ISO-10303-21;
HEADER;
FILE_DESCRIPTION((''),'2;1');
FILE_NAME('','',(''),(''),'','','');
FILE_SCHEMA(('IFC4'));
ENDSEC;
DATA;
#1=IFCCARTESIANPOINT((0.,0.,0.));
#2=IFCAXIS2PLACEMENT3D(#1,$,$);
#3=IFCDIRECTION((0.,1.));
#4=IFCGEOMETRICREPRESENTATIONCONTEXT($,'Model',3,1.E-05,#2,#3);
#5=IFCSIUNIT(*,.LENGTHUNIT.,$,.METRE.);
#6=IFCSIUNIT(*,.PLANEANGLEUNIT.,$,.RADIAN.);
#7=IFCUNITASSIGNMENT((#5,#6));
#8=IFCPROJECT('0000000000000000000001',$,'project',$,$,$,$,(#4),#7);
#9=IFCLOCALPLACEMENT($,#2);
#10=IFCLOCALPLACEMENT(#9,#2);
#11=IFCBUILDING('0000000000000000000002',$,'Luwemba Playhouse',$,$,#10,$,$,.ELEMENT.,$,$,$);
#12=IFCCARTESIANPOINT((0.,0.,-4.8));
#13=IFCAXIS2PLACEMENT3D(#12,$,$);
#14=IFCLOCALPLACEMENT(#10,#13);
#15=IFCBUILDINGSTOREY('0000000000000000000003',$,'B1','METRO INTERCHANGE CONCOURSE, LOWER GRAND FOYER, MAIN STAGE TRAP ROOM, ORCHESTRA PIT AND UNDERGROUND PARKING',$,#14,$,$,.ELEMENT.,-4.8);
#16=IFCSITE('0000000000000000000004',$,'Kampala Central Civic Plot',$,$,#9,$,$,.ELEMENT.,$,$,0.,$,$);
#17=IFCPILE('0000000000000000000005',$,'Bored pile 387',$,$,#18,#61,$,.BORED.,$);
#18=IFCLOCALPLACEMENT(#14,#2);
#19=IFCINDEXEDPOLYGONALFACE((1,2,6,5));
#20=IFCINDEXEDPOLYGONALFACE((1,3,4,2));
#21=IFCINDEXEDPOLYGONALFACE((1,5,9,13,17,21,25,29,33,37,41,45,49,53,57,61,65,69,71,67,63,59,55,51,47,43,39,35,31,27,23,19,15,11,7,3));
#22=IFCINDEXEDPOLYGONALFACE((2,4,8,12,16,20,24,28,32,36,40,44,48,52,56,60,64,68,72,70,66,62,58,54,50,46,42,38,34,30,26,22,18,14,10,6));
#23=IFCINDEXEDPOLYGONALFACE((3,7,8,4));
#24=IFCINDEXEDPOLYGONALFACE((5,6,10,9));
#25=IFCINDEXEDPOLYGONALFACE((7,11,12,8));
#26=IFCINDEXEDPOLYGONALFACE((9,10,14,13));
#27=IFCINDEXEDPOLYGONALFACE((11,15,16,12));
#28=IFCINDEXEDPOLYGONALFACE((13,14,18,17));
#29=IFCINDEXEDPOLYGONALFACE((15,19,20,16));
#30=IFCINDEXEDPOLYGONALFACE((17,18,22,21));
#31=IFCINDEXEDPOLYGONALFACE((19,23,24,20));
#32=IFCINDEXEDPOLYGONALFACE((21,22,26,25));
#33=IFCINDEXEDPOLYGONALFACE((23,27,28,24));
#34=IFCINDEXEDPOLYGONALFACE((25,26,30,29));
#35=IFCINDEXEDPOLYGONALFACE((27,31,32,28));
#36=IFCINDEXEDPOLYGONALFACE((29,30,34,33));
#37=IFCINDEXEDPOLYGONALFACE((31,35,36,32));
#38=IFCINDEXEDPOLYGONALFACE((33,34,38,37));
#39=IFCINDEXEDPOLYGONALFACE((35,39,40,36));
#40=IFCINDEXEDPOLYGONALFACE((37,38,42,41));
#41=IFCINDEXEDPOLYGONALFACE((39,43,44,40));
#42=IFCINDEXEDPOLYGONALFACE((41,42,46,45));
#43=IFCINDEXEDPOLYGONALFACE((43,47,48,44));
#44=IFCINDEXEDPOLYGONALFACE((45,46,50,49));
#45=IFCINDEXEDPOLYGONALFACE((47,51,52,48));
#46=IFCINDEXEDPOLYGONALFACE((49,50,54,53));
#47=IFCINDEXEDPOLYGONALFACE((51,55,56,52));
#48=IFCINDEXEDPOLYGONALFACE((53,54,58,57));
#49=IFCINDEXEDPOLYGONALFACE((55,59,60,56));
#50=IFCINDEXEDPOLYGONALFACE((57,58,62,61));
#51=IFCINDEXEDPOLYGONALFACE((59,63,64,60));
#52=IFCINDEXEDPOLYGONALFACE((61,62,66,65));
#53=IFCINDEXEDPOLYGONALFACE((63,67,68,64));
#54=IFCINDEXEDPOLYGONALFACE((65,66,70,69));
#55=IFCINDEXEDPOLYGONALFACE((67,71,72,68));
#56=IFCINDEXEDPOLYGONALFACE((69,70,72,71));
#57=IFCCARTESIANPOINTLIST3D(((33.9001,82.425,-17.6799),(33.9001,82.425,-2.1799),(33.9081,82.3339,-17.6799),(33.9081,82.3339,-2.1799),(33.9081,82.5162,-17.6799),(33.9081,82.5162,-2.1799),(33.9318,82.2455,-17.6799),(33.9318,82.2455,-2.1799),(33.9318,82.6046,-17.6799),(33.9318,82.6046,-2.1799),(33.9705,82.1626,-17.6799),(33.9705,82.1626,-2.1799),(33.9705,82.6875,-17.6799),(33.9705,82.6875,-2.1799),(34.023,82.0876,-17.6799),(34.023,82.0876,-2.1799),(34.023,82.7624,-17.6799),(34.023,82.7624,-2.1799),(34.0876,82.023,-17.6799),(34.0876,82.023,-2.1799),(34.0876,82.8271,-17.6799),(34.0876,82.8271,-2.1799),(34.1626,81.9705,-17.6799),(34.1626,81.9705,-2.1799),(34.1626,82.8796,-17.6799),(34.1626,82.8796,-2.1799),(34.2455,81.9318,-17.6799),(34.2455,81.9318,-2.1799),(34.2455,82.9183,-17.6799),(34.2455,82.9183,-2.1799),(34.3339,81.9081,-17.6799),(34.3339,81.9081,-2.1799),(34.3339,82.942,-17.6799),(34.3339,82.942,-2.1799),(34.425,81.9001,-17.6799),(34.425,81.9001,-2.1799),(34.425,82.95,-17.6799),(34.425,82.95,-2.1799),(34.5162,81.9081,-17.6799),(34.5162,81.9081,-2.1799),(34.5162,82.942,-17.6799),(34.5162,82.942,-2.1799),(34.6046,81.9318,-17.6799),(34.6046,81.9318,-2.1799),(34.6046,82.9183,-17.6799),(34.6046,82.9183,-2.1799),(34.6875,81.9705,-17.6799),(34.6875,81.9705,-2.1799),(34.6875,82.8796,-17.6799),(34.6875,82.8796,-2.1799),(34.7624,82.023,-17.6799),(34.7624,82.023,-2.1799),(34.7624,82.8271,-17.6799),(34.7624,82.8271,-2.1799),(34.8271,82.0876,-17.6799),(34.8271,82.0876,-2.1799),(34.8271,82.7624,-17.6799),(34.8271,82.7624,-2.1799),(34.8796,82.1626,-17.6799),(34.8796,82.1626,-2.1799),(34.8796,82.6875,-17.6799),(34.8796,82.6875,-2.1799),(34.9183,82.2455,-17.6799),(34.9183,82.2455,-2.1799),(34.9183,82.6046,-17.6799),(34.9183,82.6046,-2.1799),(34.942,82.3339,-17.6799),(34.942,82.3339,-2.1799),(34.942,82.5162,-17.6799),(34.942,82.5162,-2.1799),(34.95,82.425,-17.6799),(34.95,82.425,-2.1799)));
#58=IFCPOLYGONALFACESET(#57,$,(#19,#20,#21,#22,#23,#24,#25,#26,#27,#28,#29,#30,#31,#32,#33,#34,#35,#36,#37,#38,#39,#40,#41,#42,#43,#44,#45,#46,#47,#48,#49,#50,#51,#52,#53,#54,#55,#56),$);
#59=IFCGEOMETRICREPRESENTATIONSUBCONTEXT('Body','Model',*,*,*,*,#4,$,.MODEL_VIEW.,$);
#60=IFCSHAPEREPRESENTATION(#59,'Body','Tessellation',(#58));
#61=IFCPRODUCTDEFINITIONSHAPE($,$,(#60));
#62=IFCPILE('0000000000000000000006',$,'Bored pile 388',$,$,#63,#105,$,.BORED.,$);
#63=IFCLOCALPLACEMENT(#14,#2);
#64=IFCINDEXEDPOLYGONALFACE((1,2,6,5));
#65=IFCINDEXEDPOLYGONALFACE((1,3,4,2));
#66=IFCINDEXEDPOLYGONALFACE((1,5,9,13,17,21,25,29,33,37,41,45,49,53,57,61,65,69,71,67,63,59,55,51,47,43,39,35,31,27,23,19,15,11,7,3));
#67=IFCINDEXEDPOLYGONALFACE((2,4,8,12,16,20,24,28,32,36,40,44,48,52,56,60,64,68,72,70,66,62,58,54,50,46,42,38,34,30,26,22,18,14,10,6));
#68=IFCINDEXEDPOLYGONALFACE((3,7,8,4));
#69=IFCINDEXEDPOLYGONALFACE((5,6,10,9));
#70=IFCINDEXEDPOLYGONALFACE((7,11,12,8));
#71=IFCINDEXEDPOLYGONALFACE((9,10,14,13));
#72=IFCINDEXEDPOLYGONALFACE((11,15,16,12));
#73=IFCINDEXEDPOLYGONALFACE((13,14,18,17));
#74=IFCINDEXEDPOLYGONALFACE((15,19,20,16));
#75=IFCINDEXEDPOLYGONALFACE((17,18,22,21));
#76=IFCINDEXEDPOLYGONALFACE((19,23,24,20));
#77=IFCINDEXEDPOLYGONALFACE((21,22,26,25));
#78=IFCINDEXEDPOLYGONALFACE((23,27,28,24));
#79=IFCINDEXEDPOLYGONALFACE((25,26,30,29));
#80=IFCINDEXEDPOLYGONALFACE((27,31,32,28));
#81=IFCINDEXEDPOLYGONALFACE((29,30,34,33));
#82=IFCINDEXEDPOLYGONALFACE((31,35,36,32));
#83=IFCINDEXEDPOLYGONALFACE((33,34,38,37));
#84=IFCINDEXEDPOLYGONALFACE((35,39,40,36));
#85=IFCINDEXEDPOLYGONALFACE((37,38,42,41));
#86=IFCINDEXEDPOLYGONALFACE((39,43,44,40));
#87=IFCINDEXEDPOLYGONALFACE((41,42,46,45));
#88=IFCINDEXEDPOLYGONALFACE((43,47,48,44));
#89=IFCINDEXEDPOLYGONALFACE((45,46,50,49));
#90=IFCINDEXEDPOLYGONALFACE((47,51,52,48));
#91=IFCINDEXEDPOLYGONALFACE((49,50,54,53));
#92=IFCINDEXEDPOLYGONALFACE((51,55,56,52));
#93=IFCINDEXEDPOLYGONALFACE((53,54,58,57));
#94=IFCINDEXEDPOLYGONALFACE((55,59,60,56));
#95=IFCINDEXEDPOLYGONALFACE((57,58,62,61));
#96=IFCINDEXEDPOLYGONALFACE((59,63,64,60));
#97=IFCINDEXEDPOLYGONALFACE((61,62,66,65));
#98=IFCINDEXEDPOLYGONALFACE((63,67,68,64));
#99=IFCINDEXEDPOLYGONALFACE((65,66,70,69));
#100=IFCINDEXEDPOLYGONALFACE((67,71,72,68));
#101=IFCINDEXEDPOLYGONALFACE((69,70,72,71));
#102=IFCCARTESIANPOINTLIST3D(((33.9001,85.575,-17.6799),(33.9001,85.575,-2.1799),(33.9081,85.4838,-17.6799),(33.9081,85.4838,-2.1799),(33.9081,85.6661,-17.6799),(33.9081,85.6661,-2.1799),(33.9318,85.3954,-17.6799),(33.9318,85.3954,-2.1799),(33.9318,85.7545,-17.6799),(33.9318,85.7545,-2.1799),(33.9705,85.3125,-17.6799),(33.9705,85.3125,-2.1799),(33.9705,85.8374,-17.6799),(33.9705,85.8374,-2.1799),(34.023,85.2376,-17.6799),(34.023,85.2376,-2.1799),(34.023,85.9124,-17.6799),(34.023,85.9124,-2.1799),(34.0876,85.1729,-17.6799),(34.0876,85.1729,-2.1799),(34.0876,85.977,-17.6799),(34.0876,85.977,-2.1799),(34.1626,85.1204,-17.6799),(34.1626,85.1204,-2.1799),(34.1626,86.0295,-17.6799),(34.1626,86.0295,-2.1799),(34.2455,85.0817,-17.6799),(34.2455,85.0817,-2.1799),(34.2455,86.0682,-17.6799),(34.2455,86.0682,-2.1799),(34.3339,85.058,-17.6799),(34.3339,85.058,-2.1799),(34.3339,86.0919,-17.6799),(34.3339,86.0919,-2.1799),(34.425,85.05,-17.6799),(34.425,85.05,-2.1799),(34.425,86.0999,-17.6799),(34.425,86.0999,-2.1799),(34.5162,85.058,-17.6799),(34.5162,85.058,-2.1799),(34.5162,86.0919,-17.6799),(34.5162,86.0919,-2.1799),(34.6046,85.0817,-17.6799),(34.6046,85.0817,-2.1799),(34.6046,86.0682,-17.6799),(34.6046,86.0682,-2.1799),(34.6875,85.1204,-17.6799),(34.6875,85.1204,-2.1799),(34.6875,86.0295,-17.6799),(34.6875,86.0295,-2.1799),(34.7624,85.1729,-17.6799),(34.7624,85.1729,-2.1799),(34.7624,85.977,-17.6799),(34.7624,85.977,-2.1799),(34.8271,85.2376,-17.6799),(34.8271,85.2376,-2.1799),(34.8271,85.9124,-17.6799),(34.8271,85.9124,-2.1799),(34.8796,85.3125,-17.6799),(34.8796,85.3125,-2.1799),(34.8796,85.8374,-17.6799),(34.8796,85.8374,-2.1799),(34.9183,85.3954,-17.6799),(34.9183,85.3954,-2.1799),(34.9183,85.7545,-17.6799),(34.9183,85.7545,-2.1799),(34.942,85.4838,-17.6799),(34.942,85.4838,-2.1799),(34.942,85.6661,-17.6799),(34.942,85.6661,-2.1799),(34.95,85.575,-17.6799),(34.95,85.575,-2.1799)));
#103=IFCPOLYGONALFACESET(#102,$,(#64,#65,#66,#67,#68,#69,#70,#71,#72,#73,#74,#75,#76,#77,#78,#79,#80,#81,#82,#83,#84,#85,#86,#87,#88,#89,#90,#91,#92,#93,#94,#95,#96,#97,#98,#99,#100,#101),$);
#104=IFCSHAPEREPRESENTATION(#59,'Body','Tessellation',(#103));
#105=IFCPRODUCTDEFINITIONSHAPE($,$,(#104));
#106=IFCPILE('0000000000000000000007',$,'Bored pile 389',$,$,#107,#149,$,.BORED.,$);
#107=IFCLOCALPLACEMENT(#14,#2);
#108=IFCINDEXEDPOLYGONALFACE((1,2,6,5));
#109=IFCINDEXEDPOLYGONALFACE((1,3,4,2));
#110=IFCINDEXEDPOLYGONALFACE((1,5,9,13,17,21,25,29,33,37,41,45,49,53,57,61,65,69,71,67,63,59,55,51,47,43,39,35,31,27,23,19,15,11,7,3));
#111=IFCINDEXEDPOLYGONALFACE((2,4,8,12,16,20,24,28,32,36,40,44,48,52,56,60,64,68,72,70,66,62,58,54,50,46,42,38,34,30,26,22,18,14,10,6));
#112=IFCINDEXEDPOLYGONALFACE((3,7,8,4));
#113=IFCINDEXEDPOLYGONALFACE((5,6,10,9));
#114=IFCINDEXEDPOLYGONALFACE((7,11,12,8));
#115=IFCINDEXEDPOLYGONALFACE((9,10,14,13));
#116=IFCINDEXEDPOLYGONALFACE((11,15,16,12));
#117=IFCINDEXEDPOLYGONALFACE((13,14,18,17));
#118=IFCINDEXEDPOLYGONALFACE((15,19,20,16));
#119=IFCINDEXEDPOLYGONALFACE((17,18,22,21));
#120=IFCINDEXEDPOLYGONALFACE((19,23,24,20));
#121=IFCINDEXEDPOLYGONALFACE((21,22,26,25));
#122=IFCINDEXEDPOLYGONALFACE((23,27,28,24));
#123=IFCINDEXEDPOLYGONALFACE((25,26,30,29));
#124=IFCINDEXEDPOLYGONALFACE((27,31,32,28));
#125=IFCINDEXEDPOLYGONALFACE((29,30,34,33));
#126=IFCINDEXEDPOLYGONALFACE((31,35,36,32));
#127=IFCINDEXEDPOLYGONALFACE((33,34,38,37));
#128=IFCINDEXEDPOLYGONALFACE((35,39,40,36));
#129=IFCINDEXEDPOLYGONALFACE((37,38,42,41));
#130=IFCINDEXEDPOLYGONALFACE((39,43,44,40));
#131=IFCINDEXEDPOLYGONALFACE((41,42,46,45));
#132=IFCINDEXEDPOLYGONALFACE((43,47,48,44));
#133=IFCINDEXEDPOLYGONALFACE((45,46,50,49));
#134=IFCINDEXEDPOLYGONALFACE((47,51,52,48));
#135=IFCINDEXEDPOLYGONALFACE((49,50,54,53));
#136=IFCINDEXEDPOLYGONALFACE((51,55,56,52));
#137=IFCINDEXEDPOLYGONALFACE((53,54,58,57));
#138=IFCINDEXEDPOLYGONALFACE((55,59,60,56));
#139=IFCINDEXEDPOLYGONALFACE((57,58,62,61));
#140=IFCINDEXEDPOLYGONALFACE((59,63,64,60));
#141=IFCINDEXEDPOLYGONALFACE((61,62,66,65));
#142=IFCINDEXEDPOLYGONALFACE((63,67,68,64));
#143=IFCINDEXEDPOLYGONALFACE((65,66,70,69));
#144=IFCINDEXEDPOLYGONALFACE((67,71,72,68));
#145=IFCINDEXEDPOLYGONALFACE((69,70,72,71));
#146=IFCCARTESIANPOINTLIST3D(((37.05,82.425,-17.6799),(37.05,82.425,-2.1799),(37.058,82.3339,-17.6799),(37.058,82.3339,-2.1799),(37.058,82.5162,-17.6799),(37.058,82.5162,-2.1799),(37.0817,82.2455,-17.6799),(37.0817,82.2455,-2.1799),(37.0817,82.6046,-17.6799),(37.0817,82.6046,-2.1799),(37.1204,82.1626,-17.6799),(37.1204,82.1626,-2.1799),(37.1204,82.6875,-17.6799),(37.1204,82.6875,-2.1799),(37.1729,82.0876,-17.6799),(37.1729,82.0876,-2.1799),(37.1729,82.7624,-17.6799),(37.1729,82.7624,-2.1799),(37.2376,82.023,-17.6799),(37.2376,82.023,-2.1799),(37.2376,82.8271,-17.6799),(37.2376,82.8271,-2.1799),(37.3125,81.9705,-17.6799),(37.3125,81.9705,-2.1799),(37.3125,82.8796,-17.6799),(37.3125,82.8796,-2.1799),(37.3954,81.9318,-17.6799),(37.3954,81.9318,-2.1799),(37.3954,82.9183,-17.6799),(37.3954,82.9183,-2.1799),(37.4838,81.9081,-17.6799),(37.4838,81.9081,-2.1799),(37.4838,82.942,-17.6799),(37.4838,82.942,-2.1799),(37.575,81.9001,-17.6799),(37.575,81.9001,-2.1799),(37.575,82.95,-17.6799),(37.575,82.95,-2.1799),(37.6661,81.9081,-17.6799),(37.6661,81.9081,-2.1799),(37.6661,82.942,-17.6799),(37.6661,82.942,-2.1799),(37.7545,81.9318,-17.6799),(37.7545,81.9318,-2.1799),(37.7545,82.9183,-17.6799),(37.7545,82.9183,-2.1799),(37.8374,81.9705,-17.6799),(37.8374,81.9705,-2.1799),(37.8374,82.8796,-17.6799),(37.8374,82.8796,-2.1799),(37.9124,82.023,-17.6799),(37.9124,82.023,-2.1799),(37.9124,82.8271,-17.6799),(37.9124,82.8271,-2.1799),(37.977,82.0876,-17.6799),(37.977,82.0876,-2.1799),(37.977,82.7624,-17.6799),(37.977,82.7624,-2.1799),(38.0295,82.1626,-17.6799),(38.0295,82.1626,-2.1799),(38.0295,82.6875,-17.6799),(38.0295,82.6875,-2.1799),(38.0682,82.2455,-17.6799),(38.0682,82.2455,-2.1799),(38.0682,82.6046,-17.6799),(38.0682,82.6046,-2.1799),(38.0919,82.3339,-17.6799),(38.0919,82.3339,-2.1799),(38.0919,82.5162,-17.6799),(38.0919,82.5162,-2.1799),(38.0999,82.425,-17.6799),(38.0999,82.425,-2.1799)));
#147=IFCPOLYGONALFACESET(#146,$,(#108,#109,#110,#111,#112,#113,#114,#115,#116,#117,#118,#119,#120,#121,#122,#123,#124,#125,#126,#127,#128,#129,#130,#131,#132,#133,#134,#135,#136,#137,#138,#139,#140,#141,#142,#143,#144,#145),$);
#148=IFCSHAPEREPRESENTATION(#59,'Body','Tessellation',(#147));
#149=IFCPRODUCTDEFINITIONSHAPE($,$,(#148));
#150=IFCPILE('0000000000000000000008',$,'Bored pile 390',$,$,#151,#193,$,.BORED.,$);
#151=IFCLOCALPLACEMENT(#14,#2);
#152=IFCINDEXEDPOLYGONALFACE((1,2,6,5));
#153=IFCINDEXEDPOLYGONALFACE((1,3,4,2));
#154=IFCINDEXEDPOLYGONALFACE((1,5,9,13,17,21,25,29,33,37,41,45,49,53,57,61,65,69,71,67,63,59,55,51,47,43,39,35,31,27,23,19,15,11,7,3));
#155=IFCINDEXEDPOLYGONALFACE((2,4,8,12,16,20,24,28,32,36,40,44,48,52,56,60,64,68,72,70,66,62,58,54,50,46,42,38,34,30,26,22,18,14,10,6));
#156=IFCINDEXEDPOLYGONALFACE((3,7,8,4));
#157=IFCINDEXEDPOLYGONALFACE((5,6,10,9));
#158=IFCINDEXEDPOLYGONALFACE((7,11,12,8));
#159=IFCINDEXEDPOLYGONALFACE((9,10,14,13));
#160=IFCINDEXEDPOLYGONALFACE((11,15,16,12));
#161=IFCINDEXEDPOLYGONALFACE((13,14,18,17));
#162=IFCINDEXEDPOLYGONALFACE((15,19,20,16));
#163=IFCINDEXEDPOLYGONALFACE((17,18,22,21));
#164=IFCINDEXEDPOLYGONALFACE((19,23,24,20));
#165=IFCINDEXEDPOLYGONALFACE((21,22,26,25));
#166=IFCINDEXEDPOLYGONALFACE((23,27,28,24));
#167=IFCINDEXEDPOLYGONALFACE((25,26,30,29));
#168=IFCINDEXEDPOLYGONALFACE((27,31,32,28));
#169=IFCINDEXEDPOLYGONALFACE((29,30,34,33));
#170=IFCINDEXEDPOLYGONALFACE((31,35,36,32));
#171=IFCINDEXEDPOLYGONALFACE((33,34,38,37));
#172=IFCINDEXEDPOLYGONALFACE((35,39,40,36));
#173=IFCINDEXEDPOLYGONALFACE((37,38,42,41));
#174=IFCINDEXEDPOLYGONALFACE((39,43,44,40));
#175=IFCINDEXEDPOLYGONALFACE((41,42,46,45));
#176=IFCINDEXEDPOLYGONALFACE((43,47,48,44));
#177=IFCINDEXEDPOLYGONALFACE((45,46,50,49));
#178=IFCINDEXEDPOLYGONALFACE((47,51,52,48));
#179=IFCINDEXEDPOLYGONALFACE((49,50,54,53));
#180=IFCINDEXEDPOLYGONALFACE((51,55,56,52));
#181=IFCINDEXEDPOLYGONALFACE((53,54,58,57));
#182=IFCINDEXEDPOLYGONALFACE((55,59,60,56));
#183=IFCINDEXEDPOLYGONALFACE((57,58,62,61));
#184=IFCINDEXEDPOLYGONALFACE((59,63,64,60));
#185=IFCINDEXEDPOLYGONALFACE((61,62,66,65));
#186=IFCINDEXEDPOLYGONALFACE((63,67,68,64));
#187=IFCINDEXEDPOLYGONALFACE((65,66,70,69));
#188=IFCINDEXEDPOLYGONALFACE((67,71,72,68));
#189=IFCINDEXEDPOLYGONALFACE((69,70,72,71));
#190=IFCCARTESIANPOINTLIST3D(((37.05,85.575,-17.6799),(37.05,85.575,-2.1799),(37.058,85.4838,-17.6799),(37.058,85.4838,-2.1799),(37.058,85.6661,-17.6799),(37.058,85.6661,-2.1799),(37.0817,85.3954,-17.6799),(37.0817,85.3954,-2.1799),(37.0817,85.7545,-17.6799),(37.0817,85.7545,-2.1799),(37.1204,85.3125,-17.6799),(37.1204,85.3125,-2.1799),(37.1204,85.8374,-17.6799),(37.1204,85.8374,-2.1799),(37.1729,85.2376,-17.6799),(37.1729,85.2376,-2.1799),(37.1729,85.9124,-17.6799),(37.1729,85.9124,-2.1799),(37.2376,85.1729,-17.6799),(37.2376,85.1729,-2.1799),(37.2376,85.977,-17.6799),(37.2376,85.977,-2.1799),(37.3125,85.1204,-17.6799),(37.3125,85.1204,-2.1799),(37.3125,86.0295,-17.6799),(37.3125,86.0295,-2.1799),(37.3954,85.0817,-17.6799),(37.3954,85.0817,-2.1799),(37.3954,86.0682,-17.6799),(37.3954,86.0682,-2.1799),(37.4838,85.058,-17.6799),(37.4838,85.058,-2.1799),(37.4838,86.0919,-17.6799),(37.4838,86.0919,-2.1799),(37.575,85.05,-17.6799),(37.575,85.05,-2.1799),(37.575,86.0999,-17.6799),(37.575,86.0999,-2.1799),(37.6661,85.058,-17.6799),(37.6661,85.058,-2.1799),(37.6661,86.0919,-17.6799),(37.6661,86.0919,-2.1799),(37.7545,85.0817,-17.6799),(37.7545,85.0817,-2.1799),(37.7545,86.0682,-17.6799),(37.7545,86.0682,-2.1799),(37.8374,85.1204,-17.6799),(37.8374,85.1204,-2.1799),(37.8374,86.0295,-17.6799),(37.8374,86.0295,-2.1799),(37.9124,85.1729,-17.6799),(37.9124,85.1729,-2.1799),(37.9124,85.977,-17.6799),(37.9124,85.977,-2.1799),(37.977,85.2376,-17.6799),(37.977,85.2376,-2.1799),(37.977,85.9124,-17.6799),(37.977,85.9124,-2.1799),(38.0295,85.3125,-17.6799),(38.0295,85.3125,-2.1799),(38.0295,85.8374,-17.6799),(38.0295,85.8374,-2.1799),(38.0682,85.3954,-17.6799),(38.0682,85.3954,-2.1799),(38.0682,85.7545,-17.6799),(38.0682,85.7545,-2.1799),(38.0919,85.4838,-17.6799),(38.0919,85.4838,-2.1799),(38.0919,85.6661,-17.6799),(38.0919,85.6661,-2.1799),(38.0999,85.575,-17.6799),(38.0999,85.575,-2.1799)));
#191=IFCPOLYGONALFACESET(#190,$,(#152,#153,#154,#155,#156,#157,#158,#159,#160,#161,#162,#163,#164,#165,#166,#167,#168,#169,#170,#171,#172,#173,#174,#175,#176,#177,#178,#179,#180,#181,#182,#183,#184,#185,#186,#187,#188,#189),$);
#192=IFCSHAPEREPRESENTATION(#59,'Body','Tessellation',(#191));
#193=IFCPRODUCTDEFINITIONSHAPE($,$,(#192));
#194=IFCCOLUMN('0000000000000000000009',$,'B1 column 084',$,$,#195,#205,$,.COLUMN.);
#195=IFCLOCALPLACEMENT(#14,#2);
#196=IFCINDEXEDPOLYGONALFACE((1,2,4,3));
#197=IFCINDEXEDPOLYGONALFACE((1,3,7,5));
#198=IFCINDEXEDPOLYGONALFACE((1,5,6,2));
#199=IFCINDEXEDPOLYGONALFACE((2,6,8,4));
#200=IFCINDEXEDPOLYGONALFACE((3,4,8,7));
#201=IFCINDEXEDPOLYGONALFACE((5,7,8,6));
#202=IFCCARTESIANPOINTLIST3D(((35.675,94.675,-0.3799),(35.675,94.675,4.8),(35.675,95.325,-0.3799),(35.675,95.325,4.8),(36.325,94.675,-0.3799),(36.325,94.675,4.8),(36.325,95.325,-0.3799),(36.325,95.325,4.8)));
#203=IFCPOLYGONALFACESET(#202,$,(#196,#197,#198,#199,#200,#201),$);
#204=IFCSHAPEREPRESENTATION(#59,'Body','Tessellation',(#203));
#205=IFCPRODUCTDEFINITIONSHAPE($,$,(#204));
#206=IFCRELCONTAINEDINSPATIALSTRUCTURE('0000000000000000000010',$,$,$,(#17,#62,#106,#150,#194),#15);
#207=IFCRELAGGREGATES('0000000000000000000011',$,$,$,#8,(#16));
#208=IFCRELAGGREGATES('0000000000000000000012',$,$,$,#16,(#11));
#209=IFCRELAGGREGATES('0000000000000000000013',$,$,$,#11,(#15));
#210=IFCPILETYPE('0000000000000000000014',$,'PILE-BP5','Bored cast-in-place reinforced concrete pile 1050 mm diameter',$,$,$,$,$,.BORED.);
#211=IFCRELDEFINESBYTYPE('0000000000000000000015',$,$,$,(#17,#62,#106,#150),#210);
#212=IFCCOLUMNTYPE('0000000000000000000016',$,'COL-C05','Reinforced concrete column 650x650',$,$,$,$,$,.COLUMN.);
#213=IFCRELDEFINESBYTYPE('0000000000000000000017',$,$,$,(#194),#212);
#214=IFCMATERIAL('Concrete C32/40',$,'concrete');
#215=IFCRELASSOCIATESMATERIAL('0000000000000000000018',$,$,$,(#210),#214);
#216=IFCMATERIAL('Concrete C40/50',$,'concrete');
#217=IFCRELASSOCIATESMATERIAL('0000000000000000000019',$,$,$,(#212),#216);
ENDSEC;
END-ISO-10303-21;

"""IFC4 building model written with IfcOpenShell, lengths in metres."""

from ifc_helpers import new_model, si_unit, direction, frame, origin, origin_2d, place, context, subcontext, project, spatial, rectangle, circle, extrude, material, material_profile, profile_set, type_object, element, save


model = new_model("IFC4")

# Units and contexts
model_context = context("Model", 3, precision=1e-05, world=origin(), true_north=direction((0.0, 1.0)))
body_context = subcontext(model_context, "Body", "Model", "MODEL_VIEW")
ifc_project = project(units=[si_unit("LENGTHUNIT", "METRE"), si_unit("PLANEANGLEUNIT", "RADIAN")], contexts=[model_context])

# Site, building, storey
site_placement = place(None, origin())
site = spatial("IfcSite", under=ifc_project, at=site_placement, Name="Kampala Central Civic Plot", CompositionType="ELEMENT", RefElevation=0.0)
building_placement = place(site_placement, origin())
building = spatial("IfcBuilding", under=site, at=building_placement, Name="Luwemba Playhouse", CompositionType="ELEMENT")
storey_placement = place(building_placement, frame((0.0, 0.0, -4.8)))
storey = spatial("IfcBuildingStorey", under=building, at=storey_placement, Name="B1", Description="METRO INTERCHANGE CONCOURSE, LOWER GRAND FOYER, MAIN STAGE TRAP ROOM, ORCHESTRA PIT AND UNDERGROUND PARKING", CompositionType="ELEMENT", Elevation=-4.8)

# Shared definitions
ifc_material_1 = material(Name="Concrete C32/40", Category="concrete")

# Piles
ifc_material_profile_1 = material_profile(ifc_material_1, circle(Radius=0.5249, at=origin_2d()))
ifc_profile_set_1 = profile_set([ifc_material_profile_1], Name="Concrete C32/40")
pile_type_1 = type_object("IfcPileType", Name="PILE-BP5", Description="Bored cast-in-place reinforced concrete pile 1050 mm diameter", PredefinedType="BORED", material=ifc_profile_set_1)
for number, where, z_axis, x_axis, name in (
    (1, (34.425, 82.425, -2.1799), (0.0, 0.0, -1.0), (1.0, 0.0, 0.0), "Bored pile 387"),
    (2, (34.425, 85.575, -2.1799), (0.0, 0.0, -1.0), (1.0, 0.0, 0.0), "Bored pile 388"),
    (3, (37.575, 82.425, -2.1799), (0.0, 0.0, -1.0), (1.0, 0.0, 0.0), "Bored pile 389"),
    (4, (37.575, 85.575, -2.1799), (0.0, 0.0, -1.0), (1.0, 0.0, 0.0), "Bored pile 390"),
):
    element("IfcPile", number, at=place(storey_placement, frame(where, z_axis=z_axis, x_axis=x_axis)), inside=storey, type_object=pile_type_1, Name=name, PredefinedType="BORED", context=body_context, shape_type="SweptSolid", body=[
        extrude(circle(Radius=0.5249, at=origin_2d()), origin(), (0.0, 0.0, 1.0), 15.5),
    ])

# Column
ifc_material_2 = material(Name="Concrete C40/50", Category="concrete")
ifc_material_profile_2 = material_profile(ifc_material_2, rectangle(XDim=0.6499, YDim=0.6499, at=origin_2d()))
ifc_profile_set_2 = profile_set([ifc_material_profile_2], Name="Concrete C40/50")
column_type_1 = type_object("IfcColumnType", Name="COL-C05", Description="Reinforced concrete column 650x650", PredefinedType="COLUMN", material=ifc_profile_set_2)
column_1_placement = place(storey_placement, frame((36.0, 95.0, -0.3799), z_axis=(0.0, 0.0, 1.0), x_axis=(1.0, 0.0, 0.0)))
element("IfcColumn", 5, at=column_1_placement, inside=storey, type_object=column_type_1, Name="B1 column 084", PredefinedType="COLUMN", context=body_context, shape_type="SweptSolid", body=[
    extrude(rectangle(XDim=0.6499, YDim=0.6499, at=origin_2d()), origin(), (0.0, 0.0, 1.0), 5.1799),
])

save(model, "model.ifc")
